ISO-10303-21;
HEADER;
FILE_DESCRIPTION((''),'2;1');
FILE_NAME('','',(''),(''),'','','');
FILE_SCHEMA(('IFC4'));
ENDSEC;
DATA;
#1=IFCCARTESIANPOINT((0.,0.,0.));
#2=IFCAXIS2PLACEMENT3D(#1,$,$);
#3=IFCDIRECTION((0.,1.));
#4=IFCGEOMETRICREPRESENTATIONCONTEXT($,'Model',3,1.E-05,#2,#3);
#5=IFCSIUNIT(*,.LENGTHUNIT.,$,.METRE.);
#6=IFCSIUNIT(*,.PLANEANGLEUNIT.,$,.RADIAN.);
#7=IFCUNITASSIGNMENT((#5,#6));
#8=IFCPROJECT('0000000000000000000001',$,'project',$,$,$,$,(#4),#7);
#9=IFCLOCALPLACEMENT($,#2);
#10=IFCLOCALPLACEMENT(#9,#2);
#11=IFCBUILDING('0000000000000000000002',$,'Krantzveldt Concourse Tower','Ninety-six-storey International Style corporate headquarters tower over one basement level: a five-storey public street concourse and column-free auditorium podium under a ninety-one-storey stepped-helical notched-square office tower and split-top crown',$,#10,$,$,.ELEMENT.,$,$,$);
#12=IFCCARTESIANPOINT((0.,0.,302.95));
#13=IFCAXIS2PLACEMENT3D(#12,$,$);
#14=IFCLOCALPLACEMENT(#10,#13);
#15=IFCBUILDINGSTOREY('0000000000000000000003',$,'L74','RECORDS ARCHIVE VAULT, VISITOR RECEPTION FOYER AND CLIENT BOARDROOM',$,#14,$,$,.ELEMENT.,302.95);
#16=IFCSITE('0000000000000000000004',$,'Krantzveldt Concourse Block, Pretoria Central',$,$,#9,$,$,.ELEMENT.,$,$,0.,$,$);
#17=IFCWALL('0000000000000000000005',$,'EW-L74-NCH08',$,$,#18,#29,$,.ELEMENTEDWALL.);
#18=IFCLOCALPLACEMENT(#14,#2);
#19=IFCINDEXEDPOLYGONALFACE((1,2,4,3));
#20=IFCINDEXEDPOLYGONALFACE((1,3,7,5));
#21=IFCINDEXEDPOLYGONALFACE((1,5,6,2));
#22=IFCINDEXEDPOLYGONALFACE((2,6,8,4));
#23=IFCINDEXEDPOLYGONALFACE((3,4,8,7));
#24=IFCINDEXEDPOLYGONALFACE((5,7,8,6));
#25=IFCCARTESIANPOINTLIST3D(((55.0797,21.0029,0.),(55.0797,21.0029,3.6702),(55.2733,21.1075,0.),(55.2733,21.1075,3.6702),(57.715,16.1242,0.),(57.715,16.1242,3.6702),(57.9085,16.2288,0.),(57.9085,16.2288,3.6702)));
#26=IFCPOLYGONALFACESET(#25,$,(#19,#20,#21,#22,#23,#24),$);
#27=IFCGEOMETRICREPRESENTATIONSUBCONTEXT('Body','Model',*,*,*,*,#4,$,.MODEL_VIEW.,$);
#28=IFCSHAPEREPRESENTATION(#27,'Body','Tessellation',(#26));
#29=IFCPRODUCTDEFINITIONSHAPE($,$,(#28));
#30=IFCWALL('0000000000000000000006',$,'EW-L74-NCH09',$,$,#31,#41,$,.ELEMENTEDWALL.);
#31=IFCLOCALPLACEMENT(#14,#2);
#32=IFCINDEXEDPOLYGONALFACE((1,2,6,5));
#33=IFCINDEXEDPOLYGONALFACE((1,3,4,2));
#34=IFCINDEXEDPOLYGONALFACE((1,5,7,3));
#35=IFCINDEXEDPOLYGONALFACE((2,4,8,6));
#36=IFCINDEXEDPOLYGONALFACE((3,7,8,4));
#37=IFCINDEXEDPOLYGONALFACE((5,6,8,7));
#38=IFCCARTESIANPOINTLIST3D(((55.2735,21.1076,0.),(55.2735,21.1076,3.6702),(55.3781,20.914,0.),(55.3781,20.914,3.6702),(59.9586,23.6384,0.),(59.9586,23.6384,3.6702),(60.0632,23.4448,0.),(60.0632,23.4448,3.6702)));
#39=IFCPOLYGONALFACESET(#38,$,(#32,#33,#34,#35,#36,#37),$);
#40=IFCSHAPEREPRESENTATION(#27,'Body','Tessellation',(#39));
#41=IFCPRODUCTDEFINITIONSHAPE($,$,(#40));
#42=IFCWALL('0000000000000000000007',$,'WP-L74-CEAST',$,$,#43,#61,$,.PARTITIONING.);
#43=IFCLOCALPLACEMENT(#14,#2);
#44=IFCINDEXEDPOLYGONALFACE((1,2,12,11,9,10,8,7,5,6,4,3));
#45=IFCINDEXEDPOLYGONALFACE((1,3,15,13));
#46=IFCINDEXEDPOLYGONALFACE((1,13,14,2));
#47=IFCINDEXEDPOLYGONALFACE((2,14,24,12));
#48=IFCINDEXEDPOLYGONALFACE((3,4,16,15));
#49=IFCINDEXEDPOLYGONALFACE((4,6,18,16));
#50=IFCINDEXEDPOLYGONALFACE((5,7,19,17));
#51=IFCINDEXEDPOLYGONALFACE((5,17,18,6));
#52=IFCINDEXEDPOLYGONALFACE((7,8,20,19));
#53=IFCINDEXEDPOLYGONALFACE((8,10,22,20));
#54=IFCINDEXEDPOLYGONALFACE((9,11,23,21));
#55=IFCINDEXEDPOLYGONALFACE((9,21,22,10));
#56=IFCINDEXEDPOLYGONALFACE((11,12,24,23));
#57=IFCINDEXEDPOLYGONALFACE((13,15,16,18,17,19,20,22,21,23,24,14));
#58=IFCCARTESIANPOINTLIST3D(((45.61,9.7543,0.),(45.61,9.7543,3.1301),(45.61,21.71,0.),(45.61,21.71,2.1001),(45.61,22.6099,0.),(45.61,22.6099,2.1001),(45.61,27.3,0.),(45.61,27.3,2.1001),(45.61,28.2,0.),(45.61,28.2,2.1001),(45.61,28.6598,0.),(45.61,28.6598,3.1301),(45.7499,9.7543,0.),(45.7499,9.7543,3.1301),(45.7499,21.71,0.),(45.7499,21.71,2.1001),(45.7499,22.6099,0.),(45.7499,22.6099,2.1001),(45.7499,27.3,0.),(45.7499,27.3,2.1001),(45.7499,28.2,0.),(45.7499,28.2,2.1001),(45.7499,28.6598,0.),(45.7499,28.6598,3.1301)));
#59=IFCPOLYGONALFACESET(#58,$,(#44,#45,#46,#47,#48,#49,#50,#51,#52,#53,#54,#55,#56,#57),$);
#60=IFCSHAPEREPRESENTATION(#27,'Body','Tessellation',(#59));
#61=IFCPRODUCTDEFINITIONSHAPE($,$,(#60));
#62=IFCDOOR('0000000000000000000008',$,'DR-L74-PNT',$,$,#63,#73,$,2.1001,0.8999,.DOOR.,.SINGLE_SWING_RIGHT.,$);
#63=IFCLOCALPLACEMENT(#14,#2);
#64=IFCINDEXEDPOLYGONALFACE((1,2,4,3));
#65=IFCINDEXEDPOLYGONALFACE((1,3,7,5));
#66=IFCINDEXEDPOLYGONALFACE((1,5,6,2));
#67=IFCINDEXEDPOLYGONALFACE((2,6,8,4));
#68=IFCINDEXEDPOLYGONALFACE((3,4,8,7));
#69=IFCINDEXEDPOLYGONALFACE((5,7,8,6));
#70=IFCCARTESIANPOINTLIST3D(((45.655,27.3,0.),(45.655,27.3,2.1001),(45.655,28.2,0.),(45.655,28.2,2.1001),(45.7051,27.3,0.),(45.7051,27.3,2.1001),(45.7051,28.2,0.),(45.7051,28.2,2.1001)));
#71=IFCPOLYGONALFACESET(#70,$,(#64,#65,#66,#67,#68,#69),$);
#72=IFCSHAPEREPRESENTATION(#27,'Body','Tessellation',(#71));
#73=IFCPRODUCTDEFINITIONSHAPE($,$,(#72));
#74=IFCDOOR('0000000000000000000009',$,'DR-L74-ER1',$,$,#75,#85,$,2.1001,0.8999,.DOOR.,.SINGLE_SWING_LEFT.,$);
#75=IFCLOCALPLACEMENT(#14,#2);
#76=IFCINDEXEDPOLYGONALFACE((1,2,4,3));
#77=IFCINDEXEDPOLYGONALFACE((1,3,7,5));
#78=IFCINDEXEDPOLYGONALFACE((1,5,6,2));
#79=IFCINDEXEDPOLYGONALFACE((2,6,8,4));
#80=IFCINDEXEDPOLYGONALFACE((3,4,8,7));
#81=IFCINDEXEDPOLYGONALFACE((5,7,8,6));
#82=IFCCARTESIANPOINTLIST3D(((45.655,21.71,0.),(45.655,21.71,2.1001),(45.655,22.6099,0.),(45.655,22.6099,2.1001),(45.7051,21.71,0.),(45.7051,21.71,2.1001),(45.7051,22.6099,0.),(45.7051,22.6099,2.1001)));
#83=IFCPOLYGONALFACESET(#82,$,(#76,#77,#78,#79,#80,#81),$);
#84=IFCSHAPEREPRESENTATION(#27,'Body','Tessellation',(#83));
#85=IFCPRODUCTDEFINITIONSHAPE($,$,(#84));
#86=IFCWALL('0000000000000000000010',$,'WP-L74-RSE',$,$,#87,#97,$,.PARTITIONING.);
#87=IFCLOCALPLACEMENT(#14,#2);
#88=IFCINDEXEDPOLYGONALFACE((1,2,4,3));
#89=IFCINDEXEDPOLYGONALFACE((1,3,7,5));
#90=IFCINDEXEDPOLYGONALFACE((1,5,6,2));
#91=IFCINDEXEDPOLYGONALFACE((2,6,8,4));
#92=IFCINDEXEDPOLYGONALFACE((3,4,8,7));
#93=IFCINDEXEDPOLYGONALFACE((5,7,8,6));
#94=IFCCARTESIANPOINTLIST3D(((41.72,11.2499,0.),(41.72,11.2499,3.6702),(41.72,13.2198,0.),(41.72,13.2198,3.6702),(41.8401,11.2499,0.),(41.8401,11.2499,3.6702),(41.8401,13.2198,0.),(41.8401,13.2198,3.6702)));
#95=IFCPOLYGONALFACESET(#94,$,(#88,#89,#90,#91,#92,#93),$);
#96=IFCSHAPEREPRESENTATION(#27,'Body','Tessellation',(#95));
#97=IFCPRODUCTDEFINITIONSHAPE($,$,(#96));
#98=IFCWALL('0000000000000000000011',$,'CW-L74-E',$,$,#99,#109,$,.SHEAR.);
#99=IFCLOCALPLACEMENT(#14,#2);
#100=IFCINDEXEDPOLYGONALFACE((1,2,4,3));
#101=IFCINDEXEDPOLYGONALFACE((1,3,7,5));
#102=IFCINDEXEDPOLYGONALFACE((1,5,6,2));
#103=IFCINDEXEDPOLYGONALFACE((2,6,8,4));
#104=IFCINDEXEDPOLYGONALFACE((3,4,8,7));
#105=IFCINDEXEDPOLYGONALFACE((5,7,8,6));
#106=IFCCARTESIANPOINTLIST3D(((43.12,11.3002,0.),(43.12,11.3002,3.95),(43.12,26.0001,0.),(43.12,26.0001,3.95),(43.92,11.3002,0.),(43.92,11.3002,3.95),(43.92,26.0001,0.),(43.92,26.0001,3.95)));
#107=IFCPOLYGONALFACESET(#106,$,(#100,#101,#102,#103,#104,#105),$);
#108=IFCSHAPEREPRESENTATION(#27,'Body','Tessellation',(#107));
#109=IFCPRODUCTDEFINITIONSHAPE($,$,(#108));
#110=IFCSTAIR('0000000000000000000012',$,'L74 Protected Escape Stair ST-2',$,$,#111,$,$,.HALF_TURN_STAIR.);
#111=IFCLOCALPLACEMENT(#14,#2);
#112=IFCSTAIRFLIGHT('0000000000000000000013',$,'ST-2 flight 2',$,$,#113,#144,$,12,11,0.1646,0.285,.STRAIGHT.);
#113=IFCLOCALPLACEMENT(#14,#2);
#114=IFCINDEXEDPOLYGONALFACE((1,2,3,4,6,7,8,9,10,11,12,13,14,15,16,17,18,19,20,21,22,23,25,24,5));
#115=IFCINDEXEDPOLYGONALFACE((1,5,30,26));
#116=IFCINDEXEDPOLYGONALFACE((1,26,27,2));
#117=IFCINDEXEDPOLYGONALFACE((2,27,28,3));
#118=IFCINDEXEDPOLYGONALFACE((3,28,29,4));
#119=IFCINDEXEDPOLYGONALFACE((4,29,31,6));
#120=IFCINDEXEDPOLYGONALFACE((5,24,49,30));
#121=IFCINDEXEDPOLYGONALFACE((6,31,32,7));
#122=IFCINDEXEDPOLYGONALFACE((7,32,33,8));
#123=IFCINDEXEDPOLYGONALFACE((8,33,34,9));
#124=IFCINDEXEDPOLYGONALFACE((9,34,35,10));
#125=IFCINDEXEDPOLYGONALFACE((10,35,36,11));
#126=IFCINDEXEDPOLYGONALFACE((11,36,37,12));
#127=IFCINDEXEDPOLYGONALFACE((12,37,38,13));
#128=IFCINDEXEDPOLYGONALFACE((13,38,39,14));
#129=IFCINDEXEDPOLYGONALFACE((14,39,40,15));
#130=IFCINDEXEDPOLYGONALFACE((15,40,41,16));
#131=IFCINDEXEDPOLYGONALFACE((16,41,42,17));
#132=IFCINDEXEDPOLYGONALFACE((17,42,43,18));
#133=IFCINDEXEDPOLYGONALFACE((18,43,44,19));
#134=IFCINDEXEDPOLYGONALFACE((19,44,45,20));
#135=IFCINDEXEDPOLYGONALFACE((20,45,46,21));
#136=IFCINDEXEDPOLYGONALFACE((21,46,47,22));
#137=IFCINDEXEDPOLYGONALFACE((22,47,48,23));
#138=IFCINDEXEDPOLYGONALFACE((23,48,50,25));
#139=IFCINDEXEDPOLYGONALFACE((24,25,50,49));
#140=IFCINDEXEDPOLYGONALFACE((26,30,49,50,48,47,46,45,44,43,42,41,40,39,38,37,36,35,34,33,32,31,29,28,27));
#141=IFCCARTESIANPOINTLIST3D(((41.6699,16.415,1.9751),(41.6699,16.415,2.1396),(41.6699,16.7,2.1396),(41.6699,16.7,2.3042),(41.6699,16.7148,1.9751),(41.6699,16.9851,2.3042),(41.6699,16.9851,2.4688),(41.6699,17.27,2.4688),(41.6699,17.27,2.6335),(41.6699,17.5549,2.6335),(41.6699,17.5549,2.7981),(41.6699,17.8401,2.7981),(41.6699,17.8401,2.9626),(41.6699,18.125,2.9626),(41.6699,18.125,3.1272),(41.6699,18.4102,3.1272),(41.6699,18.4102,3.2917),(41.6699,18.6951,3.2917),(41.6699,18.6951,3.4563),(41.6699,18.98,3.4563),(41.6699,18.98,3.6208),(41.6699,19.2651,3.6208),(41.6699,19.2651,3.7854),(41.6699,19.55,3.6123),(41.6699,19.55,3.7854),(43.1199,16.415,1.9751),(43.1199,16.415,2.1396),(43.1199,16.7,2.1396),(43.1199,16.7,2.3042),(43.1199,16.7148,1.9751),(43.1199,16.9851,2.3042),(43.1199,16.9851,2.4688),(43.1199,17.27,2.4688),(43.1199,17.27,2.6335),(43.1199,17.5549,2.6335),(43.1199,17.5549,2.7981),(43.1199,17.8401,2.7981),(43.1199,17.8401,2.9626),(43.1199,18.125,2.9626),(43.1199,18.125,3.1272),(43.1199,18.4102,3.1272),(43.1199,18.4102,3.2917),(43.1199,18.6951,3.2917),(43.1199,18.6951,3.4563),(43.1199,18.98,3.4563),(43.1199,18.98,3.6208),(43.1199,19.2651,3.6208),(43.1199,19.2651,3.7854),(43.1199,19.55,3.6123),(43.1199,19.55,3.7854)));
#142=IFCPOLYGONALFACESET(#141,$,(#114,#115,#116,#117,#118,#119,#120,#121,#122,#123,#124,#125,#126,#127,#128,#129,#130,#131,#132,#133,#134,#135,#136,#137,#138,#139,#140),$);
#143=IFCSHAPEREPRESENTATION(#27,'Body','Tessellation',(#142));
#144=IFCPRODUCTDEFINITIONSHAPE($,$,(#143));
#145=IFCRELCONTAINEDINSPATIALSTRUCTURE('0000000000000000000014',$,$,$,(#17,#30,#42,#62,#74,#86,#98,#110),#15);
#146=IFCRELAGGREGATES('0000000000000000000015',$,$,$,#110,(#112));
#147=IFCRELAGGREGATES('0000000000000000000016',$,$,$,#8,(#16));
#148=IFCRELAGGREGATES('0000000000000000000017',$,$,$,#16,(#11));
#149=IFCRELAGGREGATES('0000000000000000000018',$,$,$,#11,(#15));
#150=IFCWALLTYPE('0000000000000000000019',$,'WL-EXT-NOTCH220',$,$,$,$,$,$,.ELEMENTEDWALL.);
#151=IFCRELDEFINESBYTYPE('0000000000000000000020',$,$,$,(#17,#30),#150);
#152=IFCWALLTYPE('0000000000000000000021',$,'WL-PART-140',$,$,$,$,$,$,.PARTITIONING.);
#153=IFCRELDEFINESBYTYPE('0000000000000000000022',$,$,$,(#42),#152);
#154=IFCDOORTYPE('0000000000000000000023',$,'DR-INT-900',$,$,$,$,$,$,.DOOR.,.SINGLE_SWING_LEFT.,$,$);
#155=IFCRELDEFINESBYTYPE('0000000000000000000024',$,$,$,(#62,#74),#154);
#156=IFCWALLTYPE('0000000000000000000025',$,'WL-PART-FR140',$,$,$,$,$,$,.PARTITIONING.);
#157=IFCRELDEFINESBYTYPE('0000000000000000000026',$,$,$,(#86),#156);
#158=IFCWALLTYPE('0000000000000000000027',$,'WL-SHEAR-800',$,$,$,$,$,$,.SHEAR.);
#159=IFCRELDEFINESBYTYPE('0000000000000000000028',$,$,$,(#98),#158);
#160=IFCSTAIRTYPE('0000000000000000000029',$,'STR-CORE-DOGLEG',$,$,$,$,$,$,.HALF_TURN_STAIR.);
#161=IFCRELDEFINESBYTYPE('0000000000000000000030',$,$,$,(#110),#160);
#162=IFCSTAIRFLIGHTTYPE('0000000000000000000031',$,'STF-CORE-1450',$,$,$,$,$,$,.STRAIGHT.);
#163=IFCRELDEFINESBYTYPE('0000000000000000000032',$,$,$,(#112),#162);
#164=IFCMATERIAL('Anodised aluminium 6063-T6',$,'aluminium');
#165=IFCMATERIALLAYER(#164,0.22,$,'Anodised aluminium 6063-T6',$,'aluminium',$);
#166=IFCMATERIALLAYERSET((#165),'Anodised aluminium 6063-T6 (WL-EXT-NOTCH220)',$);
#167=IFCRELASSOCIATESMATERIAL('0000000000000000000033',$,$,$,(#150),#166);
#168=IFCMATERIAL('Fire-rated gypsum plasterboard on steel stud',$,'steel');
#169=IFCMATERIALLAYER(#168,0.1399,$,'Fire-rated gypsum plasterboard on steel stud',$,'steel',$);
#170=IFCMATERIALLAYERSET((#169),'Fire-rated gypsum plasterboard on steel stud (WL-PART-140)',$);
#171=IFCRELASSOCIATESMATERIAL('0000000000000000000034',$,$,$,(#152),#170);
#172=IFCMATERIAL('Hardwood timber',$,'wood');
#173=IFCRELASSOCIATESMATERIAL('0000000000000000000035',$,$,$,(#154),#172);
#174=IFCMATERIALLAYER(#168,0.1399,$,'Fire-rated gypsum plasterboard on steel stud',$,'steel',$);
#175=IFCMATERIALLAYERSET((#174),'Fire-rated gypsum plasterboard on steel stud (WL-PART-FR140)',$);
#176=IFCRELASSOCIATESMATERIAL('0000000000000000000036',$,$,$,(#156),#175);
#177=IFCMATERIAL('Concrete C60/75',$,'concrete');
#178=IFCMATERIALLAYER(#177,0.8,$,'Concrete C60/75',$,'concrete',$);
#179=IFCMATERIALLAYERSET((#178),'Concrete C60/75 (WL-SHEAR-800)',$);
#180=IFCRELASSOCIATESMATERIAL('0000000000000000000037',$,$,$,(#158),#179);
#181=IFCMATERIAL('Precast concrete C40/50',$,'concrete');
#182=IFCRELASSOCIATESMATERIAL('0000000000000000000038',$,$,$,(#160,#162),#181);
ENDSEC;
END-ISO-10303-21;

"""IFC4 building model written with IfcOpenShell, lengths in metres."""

from ifc_helpers import new_model, si_unit, direction, frame, frame_2d, origin, place, context, subcontext, project, spatial, polyline, rectangle, outline, extrude, material, layer, layer_set, type_object, element, fill, aggregate, save


model = new_model("IFC4")

# Units and contexts
model_context = context("Model", 3, precision=1e-05, world=origin(), true_north=direction((0.0, 1.0)))
body_context = subcontext(model_context, "Body", "Model", "MODEL_VIEW")
ifc_project = project(units=[si_unit("LENGTHUNIT", "METRE"), si_unit("PLANEANGLEUNIT", "RADIAN")], contexts=[model_context])

# Site, building, storey
site_placement = place(None, origin())
site = spatial("IfcSite", under=ifc_project, at=site_placement, Name="Krantzveldt Concourse Block, Pretoria Central", CompositionType="ELEMENT", RefElevation=0.0)
building_placement = place(site_placement, origin())
building = spatial("IfcBuilding", under=site, at=building_placement, Name="Krantzveldt Concourse Tower", Description="Ninety-six-storey International Style corporate headquarters tower over one basement level: a five-storey public street concourse and column-free auditorium podium under a ninety-one-storey stepped-helical notched-square office tower and split-top crown", CompositionType="ELEMENT")
storey_placement = place(building_placement, frame((0.0, 0.0, 302.95)))
storey = spatial("IfcBuildingStorey", under=building, at=storey_placement, Name="L74", Description="RECORDS ARCHIVE VAULT, VISITOR RECEPTION FOYER AND CLIENT BOARDROOM", CompositionType="ELEMENT", Elevation=302.95)

# Shared definitions
ifc_material_1 = material(Name="Anodised aluminium 6063-T6", Category="aluminium")

# Walls
ifc_layer_1 = layer(ifc_material_1, 0.22, Name="Anodised aluminium 6063-T6", Category="aluminium")
ifc_layer_set_1 = layer_set([ifc_layer_1], Name="Anodised aluminium 6063-T6 (WL-EXT-NOTCH220)")
wall_type_1 = type_object("IfcWallType", Name="WL-EXT-NOTCH220", PredefinedType="ELEMENTEDWALL", material=ifc_layer_set_1)
wall_1_placement = place(storey_placement, frame((57.8118, 16.1765, 0.0), z_axis=(0.0, 0.0, 1.0), x_axis=(-0.475257, 0.879847, 0.0)))
element("IfcWall", 1, at=wall_1_placement, inside=storey, type_object=wall_type_1, Name="EW-L74-NCH08", PredefinedType="ELEMENTEDWALL", context=body_context, shape_type="SweptSolid", body=[
    extrude(rectangle(XDim=5.5449, YDim=0.22, at=frame_2d((2.7725, 0.0))), origin(), (0.0, 0.0, 1.0), 3.6702),
])
wall_2_placement = place(storey_placement, frame((55.3257, 21.0107, 0.0), z_axis=(0.0, 0.0, 1.0), x_axis=(0.87984, 0.47527, 0.0)))
element("IfcWall", 2, at=wall_2_placement, inside=storey, type_object=wall_type_1, Name="EW-L74-NCH09", PredefinedType="ELEMENTEDWALL", context=body_context, shape_type="SweptSolid", body=[
    extrude(rectangle(XDim=5.325, YDim=0.22, at=frame_2d((2.6626, 0.0))), origin(), (0.0, 0.0, 1.0), 3.6702),
])

# Wall, openings, doors
ifc_material_2 = material(Name="Fire-rated gypsum plasterboard on steel stud", Category="steel")
ifc_layer_2 = layer(ifc_material_2, 0.1399, Name="Fire-rated gypsum plasterboard on steel stud", Category="steel")
ifc_layer_set_2 = layer_set([ifc_layer_2], Name="Fire-rated gypsum plasterboard on steel stud (WL-PART-140)")
wall_type_2 = type_object("IfcWallType", Name="WL-PART-140", PredefinedType="PARTITIONING", material=ifc_layer_set_2)
wall_3_placement = place(storey_placement, frame((45.6799, 9.7544, 0.0), z_axis=(0.0, 0.0, 1.0), x_axis=(0.0, 1.0, 0.0)))
wall_3 = element("IfcWall", 3, at=wall_3_placement, inside=storey, type_object=wall_type_2, Name="WP-L74-CEAST", PredefinedType="PARTITIONING", context=body_context, shape_type="SweptSolid", body=[
    extrude(rectangle(XDim=18.9055, YDim=0.1399, at=frame_2d((9.4526, 0.0))), origin(), (0.0, 0.0, 1.0), 3.1301),
])
opening_1_placement = place(wall_3_placement, frame((17.5457, 0.0, 0.0)))
opening_1 = element("IfcOpeningElement", 4, at=opening_1_placement, cuts=wall_3, PredefinedType="OPENING", context=body_context, shape_type="SweptSolid", body=[
    extrude(rectangle(XDim=0.8999, YDim=2.1001, at=frame_2d((0.45, 1.05))), frame((0.0, 0.0801, 0.0), z_axis=(0.0, -1.0, 0.0), x_axis=(1.0, 0.0, 0.0)), (0.0, 0.0, 1.0), 0.1599),
])
opening_2_placement = place(wall_3_placement, frame((11.9556, 0.0, 0.0)))
opening_2 = element("IfcOpeningElement", 5, at=opening_2_placement, cuts=wall_3, PredefinedType="OPENING", context=body_context, shape_type="SweptSolid", body=[
    extrude(rectangle(XDim=0.8999, YDim=2.1001, at=frame_2d((0.45, 1.05))), frame((0.0, 0.0801, 0.0), z_axis=(0.0, -1.0, 0.0), x_axis=(1.0, 0.0, 0.0)), (0.0, 0.0, 1.0), 0.1599),
])
ifc_material_3 = material(Name="Hardwood timber", Category="wood")
door_type = type_object("IfcDoorType", Name="DR-INT-900", OperationType="SINGLE_SWING_LEFT", PredefinedType="DOOR", material=ifc_material_3)
door_1_placement = place(opening_1_placement, origin())
door_1 = element("IfcDoor", 6, at=door_1_placement, inside=storey, type_object=door_type, Name="DR-L74-PNT", OperationType="SINGLE_SWING_RIGHT", OverallHeight=2.1001, OverallWidth=0.8999, PredefinedType="DOOR", context=body_context, shape_type="SweptSolid", body=[
    extrude(rectangle(XDim=0.8999, YDim=2.1001, at=frame_2d((0.45, 1.05))), frame((0.0, 0.0249, 0.0), z_axis=(0.0, -1.0, 0.0), x_axis=(1.0, 0.0, 0.0)), (0.0, 0.0, 1.0), 0.05),
])
fill(opening_1, door_1)
door_2_placement = place(opening_2_placement, origin())
door_2 = element("IfcDoor", 7, at=door_2_placement, inside=storey, type_object=door_type, Name="DR-L74-ER1", OperationType="SINGLE_SWING_LEFT", OverallHeight=2.1001, OverallWidth=0.8999, PredefinedType="DOOR", context=body_context, shape_type="SweptSolid", body=[
    extrude(rectangle(XDim=0.8999, YDim=2.1001, at=frame_2d((0.45, 1.05))), frame((0.0, 0.0249, 0.0), z_axis=(0.0, -1.0, 0.0), x_axis=(1.0, 0.0, 0.0)), (0.0, 0.0, 1.0), 0.05),
])
fill(opening_2, door_2)

# Walls
ifc_layer_3 = layer(ifc_material_2, 0.1399, Name="Fire-rated gypsum plasterboard on steel stud", Category="steel")
ifc_layer_set_3 = layer_set([ifc_layer_3], Name="Fire-rated gypsum plasterboard on steel stud (WL-PART-FR140)")
wall_type_3 = type_object("IfcWallType", Name="WL-PART-FR140", PredefinedType="PARTITIONING", material=ifc_layer_set_3)
wall_4_placement = place(storey_placement, frame((41.78, 11.25, 0.0), z_axis=(0.0, 0.0, 1.0), x_axis=(0.0, 1.0, 0.0)))
element("IfcWall", 8, at=wall_4_placement, inside=storey, type_object=wall_type_3, Name="WP-L74-RSE", PredefinedType="PARTITIONING", context=body_context, shape_type="SweptSolid", body=[
    extrude(rectangle(XDim=1.97, YDim=0.1201, at=frame_2d((0.9849, 0.0))), origin(), (0.0, 0.0, 1.0), 3.6702),
])
ifc_material_4 = material(Name="Concrete C60/75", Category="concrete")
ifc_layer_4 = layer(ifc_material_4, 0.8, Name="Concrete C60/75", Category="concrete")
ifc_layer_set_4 = layer_set([ifc_layer_4], Name="Concrete C60/75 (WL-SHEAR-800)")
wall_type_4 = type_object("IfcWallType", Name="WL-SHEAR-800", PredefinedType="SHEAR", material=ifc_layer_set_4)
wall_5_placement = place(storey_placement, frame((43.52, 11.3, 0.0), z_axis=(0.0, 0.0, 1.0), x_axis=(0.0, 1.0, 0.0)))
element("IfcWall", 9, at=wall_5_placement, inside=storey, type_object=wall_type_4, Name="CW-L74-E", PredefinedType="SHEAR", context=body_context, shape_type="SweptSolid", body=[
    extrude(rectangle(XDim=14.7, YDim=0.8, at=frame_2d((7.3501, 0.0))), origin(), (0.0, 0.0, 1.0), 3.95),
])

# Stair, stair flight
ifc_material_5 = material(Name="Precast concrete C40/50", Category="concrete")
stair_type = type_object("IfcStairType", Name="STR-CORE-DOGLEG", PredefinedType="HALF_TURN_STAIR", material=ifc_material_5)
stair_placement = place(storey_placement, origin())
stair = element("IfcStair", 10, at=stair_placement, inside=storey, type_object=stair_type, Name="L74 Protected Escape Stair ST-2", PredefinedType="HALF_TURN_STAIR")
stair_flight_type = type_object("IfcStairFlightType", Name="STF-CORE-1450", PredefinedType="STRAIGHT", material=ifc_material_5)
stair_flight_placement = place(storey_placement, frame((42.395, 16.415, 1.9751), z_axis=(0.0, 0.0, 1.0), x_axis=(0.0, 1.0, 0.0)))
stair_flight = element("IfcStairFlight", 11, at=stair_flight_placement, type_object=stair_flight_type, Name="ST-2 flight 2", NumberOfRisers=12, NumberOfTreads=11, PredefinedType="STRAIGHT", RiserHeight=0.1646, TreadLength=0.285, context=body_context, shape_type="SweptSolid", body=[
    extrude(outline(polyline([(0.0, 0.0), (0.0, 0.1646), (0.2849, 0.1646), (0.2849, 0.3291), (0.5701, 0.3291), (0.5701, 0.4937), (0.855, 0.4937), (0.855, 0.6584), (1.1399, 0.6584), (1.1399, 0.823), (1.425, 0.823), (1.425, 0.9875), (1.71, 0.9875), (1.71, 1.1521), (1.9951, 1.1521), (1.9951, 1.3167), (2.28, 1.3167), (2.28, 1.4812), (2.5649, 1.4812), (2.5649, 1.6458), (2.8501, 1.6458), (2.8501, 1.8103), (3.135, 1.8103), (3.135, 1.9751), (3.135, 1.6372), (0.2998, 0.0), (0.0, 0.0)])), frame((0.0, 0.7251, 0.0), z_axis=(0.0, -1.0, 0.0), x_axis=(1.0, 0.0, 0.0)), (0.0, 0.0, 1.0), 1.45),
])
aggregate(stair, [stair_flight])

save(model, "model.ifc")
